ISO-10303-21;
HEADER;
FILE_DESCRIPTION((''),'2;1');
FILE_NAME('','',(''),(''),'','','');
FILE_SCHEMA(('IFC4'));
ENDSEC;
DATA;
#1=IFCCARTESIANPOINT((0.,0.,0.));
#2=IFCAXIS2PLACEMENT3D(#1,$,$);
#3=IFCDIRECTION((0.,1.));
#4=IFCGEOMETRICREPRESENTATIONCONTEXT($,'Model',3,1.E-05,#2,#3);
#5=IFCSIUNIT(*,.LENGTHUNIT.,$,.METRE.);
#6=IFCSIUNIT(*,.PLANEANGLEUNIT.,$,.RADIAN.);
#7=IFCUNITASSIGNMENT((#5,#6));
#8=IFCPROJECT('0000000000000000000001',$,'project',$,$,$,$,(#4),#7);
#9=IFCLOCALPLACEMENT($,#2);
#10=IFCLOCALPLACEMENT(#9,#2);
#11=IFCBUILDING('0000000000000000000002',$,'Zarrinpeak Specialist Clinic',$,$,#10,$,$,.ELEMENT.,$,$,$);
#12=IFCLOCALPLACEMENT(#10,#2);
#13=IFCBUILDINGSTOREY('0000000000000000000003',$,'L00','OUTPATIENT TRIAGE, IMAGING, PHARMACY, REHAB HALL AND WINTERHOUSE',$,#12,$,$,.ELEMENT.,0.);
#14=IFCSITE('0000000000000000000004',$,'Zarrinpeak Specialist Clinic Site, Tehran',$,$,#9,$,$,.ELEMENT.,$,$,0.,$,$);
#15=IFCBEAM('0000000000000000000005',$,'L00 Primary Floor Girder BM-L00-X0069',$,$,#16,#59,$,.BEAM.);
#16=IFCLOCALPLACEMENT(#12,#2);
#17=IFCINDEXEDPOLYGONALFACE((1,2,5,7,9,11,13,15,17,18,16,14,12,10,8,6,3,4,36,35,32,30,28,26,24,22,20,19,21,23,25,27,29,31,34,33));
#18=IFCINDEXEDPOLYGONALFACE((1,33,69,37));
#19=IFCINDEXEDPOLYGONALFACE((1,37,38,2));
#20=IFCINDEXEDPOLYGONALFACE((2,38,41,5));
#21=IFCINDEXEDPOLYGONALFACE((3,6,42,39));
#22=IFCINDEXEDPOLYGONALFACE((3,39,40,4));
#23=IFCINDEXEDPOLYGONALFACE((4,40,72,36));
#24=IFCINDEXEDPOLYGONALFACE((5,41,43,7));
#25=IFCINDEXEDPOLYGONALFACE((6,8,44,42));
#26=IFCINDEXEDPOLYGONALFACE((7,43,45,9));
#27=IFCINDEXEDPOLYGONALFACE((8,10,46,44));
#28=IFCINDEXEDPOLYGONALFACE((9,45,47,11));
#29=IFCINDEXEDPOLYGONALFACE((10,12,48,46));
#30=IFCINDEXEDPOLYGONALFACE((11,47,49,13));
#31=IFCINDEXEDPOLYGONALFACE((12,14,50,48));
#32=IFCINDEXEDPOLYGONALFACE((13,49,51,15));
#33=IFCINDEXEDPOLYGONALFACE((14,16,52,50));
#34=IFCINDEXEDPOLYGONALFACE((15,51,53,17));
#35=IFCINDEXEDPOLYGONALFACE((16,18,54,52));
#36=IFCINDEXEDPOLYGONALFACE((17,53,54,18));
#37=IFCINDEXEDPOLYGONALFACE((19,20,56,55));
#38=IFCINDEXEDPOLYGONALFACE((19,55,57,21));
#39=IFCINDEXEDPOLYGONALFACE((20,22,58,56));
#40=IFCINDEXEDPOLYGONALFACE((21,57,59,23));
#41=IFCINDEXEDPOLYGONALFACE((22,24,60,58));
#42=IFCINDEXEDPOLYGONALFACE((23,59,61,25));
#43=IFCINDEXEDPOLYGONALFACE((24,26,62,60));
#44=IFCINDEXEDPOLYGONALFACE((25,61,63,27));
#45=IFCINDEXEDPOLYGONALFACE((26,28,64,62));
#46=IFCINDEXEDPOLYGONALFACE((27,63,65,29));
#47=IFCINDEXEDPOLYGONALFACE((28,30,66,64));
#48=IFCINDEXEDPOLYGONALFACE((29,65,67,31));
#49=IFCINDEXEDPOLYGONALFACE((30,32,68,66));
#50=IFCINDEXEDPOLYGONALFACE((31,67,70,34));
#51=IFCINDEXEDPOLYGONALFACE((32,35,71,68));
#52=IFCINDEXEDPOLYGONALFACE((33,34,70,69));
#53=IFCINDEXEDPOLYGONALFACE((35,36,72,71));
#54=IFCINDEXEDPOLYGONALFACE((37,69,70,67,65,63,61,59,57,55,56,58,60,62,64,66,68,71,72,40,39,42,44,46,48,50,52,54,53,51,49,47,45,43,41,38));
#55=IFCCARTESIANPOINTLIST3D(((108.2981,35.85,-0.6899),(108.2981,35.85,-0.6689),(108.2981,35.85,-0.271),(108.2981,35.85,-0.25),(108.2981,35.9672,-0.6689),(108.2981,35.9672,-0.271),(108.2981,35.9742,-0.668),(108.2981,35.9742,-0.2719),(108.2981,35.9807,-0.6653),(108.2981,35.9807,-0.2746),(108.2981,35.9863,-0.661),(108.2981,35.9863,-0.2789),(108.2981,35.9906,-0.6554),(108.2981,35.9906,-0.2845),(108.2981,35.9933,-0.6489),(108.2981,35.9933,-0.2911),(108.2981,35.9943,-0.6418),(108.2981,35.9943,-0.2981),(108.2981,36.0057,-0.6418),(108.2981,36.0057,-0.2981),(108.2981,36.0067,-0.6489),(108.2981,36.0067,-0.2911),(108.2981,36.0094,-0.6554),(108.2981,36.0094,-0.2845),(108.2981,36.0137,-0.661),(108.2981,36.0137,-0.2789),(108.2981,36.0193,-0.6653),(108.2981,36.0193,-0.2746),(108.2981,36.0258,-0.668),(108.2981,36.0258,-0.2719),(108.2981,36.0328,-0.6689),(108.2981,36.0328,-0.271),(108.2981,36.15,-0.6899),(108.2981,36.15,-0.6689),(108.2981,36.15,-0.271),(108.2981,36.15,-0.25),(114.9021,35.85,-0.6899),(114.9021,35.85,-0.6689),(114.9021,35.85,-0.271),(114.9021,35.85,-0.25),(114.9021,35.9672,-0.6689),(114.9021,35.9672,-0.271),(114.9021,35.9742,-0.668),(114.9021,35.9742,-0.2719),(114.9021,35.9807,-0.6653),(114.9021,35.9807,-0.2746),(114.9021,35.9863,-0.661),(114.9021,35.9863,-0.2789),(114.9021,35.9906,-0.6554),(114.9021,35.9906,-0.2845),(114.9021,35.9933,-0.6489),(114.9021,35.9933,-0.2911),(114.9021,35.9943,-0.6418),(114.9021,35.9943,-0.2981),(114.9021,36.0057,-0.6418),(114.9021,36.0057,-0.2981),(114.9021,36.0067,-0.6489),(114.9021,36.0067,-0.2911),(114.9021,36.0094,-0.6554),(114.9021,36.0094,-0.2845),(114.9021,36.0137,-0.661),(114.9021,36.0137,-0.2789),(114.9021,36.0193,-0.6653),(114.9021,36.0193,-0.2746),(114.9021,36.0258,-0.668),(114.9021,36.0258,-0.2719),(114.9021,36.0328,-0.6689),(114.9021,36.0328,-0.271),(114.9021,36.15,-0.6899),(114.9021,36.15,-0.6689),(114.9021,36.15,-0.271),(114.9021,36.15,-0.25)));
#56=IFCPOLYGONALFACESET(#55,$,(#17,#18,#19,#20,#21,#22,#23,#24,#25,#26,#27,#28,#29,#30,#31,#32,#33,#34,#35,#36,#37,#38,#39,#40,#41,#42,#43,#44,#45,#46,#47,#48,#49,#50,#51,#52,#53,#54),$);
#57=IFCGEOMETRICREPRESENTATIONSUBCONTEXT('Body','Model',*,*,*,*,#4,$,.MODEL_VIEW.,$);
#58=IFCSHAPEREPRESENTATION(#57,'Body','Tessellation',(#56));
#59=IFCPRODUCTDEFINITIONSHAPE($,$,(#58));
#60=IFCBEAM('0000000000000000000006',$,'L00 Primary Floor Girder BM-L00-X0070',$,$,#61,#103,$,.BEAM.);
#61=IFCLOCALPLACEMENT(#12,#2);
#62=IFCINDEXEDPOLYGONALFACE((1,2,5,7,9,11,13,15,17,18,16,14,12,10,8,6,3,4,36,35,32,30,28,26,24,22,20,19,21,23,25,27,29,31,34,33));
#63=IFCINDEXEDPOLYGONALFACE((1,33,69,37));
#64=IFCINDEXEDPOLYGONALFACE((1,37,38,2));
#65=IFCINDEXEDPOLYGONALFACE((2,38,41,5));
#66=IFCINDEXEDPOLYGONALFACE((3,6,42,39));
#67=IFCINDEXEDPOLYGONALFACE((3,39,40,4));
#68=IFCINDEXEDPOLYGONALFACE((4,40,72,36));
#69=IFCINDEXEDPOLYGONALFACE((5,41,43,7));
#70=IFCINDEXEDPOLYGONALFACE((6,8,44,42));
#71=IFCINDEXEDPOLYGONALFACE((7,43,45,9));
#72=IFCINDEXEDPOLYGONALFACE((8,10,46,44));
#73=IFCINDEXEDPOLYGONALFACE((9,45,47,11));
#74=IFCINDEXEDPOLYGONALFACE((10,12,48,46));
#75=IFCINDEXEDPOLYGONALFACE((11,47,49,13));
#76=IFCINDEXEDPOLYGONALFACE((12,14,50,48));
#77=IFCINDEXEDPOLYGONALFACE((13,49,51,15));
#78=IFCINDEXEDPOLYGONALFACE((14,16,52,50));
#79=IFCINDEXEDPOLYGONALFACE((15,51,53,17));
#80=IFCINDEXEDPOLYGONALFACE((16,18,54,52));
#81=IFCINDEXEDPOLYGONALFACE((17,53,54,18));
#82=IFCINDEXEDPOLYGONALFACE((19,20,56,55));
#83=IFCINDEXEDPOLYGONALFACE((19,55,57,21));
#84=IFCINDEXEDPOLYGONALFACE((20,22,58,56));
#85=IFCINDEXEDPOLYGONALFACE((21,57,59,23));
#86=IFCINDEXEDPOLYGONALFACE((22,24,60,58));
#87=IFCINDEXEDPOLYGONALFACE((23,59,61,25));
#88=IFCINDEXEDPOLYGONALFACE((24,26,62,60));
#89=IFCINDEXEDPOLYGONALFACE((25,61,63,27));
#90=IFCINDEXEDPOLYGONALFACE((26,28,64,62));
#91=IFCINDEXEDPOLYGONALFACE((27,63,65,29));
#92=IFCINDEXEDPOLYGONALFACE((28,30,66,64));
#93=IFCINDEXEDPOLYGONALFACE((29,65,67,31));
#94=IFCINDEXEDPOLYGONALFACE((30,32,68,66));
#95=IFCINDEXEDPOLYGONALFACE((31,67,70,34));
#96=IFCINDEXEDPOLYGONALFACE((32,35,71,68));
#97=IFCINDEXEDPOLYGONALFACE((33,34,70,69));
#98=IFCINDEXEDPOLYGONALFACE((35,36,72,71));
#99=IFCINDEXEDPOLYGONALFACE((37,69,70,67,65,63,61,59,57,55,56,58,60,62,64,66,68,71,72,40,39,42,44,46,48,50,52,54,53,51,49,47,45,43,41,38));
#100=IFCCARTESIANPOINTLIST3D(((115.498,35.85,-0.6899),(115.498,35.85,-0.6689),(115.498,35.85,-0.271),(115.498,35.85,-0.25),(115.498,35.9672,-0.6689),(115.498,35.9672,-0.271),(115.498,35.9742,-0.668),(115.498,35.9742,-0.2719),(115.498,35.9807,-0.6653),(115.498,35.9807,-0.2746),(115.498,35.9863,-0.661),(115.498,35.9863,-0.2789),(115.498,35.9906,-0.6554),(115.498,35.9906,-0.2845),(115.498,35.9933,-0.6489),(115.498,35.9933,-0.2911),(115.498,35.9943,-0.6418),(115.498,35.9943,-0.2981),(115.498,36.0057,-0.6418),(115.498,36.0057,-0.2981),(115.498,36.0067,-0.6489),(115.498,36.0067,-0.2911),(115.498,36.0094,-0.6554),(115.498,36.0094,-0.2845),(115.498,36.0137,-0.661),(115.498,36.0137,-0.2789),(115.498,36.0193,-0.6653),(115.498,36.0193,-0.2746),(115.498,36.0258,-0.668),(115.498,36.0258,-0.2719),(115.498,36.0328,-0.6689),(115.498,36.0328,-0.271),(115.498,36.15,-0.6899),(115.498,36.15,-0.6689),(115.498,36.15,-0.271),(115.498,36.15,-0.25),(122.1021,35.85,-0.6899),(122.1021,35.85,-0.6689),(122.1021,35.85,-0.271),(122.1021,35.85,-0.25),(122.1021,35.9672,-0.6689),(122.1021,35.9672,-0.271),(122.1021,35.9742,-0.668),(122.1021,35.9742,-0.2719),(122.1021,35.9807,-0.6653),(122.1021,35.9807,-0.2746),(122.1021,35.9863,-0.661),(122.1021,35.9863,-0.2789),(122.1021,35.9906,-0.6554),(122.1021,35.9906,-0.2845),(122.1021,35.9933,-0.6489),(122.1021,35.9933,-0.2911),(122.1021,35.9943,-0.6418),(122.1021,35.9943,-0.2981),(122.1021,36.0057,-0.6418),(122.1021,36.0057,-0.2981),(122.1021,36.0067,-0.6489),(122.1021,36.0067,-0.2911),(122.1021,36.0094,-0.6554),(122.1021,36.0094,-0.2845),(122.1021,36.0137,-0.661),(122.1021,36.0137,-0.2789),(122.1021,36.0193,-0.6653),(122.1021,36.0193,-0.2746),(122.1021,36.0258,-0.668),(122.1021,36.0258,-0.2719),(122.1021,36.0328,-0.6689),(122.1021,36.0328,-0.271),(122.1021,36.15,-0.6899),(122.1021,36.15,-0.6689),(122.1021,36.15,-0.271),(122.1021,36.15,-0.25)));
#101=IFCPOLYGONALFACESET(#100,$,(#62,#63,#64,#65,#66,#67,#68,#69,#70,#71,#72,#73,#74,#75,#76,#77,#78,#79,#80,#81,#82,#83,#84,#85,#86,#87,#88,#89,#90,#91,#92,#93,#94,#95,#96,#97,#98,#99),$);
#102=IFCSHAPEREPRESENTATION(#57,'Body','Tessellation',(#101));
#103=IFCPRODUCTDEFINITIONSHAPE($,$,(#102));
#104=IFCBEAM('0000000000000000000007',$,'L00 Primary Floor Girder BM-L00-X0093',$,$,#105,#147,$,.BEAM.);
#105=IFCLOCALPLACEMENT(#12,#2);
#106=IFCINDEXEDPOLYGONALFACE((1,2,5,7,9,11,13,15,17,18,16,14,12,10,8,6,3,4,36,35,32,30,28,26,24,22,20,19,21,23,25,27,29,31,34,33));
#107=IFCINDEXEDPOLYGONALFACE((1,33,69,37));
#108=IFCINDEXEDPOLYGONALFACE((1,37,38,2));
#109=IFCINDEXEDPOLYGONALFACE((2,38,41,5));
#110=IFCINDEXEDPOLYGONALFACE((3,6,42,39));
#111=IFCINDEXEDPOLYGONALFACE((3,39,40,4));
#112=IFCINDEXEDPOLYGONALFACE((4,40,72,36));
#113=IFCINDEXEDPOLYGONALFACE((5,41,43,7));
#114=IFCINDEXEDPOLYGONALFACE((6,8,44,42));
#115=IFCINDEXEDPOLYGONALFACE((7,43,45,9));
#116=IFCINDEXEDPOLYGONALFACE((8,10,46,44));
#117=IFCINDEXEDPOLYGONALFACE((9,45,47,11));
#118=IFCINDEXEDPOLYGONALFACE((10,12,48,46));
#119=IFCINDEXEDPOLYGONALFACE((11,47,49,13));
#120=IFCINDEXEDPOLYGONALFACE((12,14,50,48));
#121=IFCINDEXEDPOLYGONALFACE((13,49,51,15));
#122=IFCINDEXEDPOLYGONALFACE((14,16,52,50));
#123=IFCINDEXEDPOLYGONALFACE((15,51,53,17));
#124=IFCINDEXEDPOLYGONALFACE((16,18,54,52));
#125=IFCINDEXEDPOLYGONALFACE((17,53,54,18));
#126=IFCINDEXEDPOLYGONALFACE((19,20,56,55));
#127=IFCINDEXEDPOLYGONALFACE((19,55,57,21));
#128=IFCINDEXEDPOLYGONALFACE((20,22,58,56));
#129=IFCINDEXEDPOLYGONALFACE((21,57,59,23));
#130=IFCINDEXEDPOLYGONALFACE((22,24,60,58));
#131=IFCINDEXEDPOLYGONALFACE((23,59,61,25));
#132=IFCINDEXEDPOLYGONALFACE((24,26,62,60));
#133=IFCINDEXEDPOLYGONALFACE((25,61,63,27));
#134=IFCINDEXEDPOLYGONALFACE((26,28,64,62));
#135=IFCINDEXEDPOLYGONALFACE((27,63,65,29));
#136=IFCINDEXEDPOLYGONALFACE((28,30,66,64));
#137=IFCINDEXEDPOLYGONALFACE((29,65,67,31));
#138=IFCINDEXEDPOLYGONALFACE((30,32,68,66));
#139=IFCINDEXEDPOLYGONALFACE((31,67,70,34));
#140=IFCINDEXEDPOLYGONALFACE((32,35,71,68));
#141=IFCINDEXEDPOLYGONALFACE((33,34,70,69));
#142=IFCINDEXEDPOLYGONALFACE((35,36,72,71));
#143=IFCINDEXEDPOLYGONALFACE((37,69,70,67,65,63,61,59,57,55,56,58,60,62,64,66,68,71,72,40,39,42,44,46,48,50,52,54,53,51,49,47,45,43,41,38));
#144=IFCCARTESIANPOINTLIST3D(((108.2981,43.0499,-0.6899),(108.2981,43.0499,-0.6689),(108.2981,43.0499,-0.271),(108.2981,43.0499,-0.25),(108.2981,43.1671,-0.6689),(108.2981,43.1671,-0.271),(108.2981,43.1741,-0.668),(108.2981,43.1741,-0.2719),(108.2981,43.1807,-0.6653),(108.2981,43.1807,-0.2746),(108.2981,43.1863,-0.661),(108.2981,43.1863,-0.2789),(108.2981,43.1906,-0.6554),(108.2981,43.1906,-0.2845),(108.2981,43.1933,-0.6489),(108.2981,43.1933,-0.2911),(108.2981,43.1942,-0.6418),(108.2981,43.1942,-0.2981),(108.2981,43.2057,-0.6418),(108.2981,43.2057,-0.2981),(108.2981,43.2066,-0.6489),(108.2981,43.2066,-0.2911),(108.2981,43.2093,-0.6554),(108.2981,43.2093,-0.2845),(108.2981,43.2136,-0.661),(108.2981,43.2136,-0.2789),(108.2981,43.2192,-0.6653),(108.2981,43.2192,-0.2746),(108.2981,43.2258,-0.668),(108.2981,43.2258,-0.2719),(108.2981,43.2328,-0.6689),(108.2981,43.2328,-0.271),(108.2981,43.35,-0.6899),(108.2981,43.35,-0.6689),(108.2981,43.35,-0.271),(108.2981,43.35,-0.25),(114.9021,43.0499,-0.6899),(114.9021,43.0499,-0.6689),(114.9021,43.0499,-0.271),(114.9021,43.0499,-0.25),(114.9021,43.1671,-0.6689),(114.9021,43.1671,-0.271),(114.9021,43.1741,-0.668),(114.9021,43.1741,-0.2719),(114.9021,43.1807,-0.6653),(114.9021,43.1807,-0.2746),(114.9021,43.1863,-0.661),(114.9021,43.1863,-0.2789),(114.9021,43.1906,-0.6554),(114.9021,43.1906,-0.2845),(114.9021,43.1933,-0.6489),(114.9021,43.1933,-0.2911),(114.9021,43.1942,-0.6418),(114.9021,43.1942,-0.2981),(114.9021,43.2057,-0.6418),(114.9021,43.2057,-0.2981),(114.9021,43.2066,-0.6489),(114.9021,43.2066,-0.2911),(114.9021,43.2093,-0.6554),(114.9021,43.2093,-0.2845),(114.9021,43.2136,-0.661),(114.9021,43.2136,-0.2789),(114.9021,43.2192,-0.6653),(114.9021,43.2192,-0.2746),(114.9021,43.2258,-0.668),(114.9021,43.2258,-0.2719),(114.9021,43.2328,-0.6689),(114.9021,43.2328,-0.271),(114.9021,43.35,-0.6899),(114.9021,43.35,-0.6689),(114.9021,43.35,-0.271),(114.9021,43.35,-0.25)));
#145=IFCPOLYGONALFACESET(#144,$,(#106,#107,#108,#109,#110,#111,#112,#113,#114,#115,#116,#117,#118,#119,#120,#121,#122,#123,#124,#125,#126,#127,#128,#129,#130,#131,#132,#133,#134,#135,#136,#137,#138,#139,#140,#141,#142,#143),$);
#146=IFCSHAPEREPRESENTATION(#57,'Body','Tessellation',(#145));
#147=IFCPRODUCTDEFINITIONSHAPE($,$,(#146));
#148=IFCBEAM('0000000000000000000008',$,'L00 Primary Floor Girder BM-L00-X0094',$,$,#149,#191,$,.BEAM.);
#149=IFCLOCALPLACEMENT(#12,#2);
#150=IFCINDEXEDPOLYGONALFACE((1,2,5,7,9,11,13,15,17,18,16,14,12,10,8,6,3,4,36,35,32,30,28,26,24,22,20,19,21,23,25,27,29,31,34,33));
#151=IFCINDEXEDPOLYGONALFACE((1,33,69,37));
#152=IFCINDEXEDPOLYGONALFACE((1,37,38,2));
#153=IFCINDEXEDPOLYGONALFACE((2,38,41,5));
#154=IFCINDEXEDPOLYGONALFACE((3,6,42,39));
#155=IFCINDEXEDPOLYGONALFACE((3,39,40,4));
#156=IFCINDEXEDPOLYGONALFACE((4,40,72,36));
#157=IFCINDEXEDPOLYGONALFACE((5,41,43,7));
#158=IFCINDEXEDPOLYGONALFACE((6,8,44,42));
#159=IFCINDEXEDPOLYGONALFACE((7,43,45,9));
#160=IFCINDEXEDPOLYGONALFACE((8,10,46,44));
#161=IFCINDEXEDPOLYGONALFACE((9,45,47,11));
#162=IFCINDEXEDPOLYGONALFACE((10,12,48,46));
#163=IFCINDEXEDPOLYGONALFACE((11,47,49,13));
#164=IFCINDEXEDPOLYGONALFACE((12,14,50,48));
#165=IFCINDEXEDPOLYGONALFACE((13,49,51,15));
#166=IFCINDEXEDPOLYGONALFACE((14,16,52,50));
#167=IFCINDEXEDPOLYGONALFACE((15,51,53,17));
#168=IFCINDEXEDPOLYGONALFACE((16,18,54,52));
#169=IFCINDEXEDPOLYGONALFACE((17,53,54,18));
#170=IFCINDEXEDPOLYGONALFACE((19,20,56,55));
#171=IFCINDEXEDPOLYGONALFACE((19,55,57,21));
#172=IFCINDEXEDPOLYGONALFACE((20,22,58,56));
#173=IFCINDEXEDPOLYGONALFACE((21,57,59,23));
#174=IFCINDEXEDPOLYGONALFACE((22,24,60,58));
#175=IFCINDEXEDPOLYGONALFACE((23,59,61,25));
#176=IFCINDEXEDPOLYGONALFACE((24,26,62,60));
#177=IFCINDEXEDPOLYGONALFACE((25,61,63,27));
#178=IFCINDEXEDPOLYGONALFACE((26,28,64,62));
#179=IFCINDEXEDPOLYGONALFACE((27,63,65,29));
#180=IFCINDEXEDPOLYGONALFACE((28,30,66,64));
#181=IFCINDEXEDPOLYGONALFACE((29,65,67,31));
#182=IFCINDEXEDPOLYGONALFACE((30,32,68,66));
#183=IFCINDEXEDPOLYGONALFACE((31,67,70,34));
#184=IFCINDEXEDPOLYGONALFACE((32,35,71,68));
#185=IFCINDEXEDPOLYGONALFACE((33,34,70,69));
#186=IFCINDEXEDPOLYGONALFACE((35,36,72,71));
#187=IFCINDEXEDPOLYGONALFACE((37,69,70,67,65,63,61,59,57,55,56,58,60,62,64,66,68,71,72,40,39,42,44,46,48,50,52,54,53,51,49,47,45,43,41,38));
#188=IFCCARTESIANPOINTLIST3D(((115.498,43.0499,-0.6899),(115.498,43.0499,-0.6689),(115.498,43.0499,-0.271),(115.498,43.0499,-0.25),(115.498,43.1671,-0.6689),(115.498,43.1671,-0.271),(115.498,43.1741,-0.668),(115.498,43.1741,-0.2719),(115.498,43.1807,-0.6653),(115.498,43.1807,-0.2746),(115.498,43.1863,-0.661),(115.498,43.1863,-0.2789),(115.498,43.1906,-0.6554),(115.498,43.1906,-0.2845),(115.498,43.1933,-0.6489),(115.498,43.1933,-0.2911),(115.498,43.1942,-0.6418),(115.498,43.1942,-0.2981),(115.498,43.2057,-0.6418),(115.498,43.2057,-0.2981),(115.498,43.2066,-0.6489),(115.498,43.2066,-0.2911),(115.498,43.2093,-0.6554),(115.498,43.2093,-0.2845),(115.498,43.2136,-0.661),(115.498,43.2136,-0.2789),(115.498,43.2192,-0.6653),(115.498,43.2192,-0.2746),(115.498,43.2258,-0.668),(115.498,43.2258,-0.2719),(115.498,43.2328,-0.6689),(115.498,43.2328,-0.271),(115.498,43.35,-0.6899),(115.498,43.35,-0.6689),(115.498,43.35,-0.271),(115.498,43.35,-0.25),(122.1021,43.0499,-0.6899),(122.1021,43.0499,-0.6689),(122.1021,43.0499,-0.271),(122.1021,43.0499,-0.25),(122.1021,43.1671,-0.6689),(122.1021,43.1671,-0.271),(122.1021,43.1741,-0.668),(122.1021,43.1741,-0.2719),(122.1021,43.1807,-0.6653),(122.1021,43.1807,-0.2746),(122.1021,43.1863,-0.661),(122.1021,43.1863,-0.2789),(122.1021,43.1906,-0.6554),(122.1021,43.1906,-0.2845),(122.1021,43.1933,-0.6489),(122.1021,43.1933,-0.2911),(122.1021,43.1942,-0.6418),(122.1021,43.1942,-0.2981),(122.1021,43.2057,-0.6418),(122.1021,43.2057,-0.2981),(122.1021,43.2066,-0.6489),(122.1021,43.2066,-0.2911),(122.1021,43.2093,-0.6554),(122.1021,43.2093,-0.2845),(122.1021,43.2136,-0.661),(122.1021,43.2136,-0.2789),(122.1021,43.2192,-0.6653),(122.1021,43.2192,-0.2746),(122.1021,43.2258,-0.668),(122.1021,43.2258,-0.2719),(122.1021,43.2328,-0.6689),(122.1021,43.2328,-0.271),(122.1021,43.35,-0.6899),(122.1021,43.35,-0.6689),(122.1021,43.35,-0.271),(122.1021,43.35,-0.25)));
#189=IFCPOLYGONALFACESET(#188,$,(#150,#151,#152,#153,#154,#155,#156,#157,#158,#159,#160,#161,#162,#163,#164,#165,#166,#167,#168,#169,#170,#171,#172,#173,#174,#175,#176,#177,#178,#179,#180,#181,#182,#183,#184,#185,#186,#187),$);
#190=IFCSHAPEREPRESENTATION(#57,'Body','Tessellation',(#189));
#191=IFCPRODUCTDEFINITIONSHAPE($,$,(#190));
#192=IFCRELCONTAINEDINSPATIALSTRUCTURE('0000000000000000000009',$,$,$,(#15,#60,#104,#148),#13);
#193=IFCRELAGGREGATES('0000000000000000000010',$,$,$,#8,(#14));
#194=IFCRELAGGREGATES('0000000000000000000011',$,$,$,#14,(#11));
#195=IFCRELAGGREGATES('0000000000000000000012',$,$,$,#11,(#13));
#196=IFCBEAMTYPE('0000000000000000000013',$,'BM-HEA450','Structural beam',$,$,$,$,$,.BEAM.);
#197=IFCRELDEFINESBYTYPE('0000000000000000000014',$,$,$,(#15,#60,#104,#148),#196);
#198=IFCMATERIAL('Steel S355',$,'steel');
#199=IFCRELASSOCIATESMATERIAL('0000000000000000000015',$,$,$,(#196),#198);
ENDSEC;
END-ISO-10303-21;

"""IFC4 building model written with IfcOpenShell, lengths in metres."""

from ifc_helpers import new_model, si_unit, direction, frame, origin, origin_2d, place, context, subcontext, project, spatial, i_section, extrude, material, material_profile, profile_set, type_object, element, save


model = new_model("IFC4")

# Units and contexts
model_context = context("Model", 3, precision=1e-05, world=origin(), true_north=direction((0.0, 1.0)))
body_context = subcontext(model_context, "Body", "Model", "MODEL_VIEW")
ifc_project = project(units=[si_unit("LENGTHUNIT", "METRE"), si_unit("PLANEANGLEUNIT", "RADIAN")], contexts=[model_context])

# Site, building, storey
site_placement = place(None, origin())
site = spatial("IfcSite", under=ifc_project, at=site_placement, Name="Zarrinpeak Specialist Clinic Site, Tehran", CompositionType="ELEMENT", RefElevation=0.0)
building_placement = place(site_placement, origin())
building = spatial("IfcBuilding", under=site, at=building_placement, Name="Zarrinpeak Specialist Clinic", CompositionType="ELEMENT")
storey_placement = place(building_placement, origin())
storey = spatial("IfcBuildingStorey", under=building, at=storey_placement, Name="L00", Description="OUTPATIENT TRIAGE, IMAGING, PHARMACY, REHAB HALL AND WINTERHOUSE", CompositionType="ELEMENT", Elevation=0.0)

# Shared definitions
ifc_material_1 = material(Name="Steel S355", Category="steel")

# Beams
ifc_material_profile_1 = material_profile(ifc_material_1, i_section(OverallWidth=0.3, OverallDepth=0.4399, WebThickness=0.0115, FlangeThickness=0.021, FilletRadius=0.0271, at=origin_2d()), Name="HEA 450")
ifc_profile_set_1 = profile_set([ifc_material_profile_1], Name="Steel S355")
beam_type_1 = type_object("IfcBeamType", Name="BM-HEA450", Description="Structural beam", PredefinedType="BEAM", material=ifc_profile_set_1)
for number, where, z_axis, x_axis, name in (
    (1, (108.2981, 36.0, -0.47), (1.0, 0.0, 0.0), (0.0, 1.0, 0.0), "L00 Primary Floor Girder BM-L00-X0069"),
    (2, (115.498, 36.0, -0.47), (1.0, 0.0, 0.0), (0.0, 1.0, 0.0), "L00 Primary Floor Girder BM-L00-X0070"),
    (3, (108.2981, 43.2, -0.47), (1.0, 0.0, 0.0), (0.0, 1.0, 0.0), "L00 Primary Floor Girder BM-L00-X0093"),
    (4, (115.498, 43.2, -0.47), (1.0, 0.0, 0.0), (0.0, 1.0, 0.0), "L00 Primary Floor Girder BM-L00-X0094"),
):
    element("IfcBeam", number, at=place(storey_placement, frame(where, z_axis=z_axis, x_axis=x_axis)), inside=storey, type_object=beam_type_1, Name=name, PredefinedType="BEAM", context=body_context, shape_type="SweptSolid", body=[
        extrude(i_section(OverallWidth=0.3, OverallDepth=0.4399, WebThickness=0.0115, FlangeThickness=0.021, FilletRadius=0.0271, at=origin_2d()), origin(), (0.0, 0.0, 1.0), 6.604),
    ])

save(model, "model.ifc")
